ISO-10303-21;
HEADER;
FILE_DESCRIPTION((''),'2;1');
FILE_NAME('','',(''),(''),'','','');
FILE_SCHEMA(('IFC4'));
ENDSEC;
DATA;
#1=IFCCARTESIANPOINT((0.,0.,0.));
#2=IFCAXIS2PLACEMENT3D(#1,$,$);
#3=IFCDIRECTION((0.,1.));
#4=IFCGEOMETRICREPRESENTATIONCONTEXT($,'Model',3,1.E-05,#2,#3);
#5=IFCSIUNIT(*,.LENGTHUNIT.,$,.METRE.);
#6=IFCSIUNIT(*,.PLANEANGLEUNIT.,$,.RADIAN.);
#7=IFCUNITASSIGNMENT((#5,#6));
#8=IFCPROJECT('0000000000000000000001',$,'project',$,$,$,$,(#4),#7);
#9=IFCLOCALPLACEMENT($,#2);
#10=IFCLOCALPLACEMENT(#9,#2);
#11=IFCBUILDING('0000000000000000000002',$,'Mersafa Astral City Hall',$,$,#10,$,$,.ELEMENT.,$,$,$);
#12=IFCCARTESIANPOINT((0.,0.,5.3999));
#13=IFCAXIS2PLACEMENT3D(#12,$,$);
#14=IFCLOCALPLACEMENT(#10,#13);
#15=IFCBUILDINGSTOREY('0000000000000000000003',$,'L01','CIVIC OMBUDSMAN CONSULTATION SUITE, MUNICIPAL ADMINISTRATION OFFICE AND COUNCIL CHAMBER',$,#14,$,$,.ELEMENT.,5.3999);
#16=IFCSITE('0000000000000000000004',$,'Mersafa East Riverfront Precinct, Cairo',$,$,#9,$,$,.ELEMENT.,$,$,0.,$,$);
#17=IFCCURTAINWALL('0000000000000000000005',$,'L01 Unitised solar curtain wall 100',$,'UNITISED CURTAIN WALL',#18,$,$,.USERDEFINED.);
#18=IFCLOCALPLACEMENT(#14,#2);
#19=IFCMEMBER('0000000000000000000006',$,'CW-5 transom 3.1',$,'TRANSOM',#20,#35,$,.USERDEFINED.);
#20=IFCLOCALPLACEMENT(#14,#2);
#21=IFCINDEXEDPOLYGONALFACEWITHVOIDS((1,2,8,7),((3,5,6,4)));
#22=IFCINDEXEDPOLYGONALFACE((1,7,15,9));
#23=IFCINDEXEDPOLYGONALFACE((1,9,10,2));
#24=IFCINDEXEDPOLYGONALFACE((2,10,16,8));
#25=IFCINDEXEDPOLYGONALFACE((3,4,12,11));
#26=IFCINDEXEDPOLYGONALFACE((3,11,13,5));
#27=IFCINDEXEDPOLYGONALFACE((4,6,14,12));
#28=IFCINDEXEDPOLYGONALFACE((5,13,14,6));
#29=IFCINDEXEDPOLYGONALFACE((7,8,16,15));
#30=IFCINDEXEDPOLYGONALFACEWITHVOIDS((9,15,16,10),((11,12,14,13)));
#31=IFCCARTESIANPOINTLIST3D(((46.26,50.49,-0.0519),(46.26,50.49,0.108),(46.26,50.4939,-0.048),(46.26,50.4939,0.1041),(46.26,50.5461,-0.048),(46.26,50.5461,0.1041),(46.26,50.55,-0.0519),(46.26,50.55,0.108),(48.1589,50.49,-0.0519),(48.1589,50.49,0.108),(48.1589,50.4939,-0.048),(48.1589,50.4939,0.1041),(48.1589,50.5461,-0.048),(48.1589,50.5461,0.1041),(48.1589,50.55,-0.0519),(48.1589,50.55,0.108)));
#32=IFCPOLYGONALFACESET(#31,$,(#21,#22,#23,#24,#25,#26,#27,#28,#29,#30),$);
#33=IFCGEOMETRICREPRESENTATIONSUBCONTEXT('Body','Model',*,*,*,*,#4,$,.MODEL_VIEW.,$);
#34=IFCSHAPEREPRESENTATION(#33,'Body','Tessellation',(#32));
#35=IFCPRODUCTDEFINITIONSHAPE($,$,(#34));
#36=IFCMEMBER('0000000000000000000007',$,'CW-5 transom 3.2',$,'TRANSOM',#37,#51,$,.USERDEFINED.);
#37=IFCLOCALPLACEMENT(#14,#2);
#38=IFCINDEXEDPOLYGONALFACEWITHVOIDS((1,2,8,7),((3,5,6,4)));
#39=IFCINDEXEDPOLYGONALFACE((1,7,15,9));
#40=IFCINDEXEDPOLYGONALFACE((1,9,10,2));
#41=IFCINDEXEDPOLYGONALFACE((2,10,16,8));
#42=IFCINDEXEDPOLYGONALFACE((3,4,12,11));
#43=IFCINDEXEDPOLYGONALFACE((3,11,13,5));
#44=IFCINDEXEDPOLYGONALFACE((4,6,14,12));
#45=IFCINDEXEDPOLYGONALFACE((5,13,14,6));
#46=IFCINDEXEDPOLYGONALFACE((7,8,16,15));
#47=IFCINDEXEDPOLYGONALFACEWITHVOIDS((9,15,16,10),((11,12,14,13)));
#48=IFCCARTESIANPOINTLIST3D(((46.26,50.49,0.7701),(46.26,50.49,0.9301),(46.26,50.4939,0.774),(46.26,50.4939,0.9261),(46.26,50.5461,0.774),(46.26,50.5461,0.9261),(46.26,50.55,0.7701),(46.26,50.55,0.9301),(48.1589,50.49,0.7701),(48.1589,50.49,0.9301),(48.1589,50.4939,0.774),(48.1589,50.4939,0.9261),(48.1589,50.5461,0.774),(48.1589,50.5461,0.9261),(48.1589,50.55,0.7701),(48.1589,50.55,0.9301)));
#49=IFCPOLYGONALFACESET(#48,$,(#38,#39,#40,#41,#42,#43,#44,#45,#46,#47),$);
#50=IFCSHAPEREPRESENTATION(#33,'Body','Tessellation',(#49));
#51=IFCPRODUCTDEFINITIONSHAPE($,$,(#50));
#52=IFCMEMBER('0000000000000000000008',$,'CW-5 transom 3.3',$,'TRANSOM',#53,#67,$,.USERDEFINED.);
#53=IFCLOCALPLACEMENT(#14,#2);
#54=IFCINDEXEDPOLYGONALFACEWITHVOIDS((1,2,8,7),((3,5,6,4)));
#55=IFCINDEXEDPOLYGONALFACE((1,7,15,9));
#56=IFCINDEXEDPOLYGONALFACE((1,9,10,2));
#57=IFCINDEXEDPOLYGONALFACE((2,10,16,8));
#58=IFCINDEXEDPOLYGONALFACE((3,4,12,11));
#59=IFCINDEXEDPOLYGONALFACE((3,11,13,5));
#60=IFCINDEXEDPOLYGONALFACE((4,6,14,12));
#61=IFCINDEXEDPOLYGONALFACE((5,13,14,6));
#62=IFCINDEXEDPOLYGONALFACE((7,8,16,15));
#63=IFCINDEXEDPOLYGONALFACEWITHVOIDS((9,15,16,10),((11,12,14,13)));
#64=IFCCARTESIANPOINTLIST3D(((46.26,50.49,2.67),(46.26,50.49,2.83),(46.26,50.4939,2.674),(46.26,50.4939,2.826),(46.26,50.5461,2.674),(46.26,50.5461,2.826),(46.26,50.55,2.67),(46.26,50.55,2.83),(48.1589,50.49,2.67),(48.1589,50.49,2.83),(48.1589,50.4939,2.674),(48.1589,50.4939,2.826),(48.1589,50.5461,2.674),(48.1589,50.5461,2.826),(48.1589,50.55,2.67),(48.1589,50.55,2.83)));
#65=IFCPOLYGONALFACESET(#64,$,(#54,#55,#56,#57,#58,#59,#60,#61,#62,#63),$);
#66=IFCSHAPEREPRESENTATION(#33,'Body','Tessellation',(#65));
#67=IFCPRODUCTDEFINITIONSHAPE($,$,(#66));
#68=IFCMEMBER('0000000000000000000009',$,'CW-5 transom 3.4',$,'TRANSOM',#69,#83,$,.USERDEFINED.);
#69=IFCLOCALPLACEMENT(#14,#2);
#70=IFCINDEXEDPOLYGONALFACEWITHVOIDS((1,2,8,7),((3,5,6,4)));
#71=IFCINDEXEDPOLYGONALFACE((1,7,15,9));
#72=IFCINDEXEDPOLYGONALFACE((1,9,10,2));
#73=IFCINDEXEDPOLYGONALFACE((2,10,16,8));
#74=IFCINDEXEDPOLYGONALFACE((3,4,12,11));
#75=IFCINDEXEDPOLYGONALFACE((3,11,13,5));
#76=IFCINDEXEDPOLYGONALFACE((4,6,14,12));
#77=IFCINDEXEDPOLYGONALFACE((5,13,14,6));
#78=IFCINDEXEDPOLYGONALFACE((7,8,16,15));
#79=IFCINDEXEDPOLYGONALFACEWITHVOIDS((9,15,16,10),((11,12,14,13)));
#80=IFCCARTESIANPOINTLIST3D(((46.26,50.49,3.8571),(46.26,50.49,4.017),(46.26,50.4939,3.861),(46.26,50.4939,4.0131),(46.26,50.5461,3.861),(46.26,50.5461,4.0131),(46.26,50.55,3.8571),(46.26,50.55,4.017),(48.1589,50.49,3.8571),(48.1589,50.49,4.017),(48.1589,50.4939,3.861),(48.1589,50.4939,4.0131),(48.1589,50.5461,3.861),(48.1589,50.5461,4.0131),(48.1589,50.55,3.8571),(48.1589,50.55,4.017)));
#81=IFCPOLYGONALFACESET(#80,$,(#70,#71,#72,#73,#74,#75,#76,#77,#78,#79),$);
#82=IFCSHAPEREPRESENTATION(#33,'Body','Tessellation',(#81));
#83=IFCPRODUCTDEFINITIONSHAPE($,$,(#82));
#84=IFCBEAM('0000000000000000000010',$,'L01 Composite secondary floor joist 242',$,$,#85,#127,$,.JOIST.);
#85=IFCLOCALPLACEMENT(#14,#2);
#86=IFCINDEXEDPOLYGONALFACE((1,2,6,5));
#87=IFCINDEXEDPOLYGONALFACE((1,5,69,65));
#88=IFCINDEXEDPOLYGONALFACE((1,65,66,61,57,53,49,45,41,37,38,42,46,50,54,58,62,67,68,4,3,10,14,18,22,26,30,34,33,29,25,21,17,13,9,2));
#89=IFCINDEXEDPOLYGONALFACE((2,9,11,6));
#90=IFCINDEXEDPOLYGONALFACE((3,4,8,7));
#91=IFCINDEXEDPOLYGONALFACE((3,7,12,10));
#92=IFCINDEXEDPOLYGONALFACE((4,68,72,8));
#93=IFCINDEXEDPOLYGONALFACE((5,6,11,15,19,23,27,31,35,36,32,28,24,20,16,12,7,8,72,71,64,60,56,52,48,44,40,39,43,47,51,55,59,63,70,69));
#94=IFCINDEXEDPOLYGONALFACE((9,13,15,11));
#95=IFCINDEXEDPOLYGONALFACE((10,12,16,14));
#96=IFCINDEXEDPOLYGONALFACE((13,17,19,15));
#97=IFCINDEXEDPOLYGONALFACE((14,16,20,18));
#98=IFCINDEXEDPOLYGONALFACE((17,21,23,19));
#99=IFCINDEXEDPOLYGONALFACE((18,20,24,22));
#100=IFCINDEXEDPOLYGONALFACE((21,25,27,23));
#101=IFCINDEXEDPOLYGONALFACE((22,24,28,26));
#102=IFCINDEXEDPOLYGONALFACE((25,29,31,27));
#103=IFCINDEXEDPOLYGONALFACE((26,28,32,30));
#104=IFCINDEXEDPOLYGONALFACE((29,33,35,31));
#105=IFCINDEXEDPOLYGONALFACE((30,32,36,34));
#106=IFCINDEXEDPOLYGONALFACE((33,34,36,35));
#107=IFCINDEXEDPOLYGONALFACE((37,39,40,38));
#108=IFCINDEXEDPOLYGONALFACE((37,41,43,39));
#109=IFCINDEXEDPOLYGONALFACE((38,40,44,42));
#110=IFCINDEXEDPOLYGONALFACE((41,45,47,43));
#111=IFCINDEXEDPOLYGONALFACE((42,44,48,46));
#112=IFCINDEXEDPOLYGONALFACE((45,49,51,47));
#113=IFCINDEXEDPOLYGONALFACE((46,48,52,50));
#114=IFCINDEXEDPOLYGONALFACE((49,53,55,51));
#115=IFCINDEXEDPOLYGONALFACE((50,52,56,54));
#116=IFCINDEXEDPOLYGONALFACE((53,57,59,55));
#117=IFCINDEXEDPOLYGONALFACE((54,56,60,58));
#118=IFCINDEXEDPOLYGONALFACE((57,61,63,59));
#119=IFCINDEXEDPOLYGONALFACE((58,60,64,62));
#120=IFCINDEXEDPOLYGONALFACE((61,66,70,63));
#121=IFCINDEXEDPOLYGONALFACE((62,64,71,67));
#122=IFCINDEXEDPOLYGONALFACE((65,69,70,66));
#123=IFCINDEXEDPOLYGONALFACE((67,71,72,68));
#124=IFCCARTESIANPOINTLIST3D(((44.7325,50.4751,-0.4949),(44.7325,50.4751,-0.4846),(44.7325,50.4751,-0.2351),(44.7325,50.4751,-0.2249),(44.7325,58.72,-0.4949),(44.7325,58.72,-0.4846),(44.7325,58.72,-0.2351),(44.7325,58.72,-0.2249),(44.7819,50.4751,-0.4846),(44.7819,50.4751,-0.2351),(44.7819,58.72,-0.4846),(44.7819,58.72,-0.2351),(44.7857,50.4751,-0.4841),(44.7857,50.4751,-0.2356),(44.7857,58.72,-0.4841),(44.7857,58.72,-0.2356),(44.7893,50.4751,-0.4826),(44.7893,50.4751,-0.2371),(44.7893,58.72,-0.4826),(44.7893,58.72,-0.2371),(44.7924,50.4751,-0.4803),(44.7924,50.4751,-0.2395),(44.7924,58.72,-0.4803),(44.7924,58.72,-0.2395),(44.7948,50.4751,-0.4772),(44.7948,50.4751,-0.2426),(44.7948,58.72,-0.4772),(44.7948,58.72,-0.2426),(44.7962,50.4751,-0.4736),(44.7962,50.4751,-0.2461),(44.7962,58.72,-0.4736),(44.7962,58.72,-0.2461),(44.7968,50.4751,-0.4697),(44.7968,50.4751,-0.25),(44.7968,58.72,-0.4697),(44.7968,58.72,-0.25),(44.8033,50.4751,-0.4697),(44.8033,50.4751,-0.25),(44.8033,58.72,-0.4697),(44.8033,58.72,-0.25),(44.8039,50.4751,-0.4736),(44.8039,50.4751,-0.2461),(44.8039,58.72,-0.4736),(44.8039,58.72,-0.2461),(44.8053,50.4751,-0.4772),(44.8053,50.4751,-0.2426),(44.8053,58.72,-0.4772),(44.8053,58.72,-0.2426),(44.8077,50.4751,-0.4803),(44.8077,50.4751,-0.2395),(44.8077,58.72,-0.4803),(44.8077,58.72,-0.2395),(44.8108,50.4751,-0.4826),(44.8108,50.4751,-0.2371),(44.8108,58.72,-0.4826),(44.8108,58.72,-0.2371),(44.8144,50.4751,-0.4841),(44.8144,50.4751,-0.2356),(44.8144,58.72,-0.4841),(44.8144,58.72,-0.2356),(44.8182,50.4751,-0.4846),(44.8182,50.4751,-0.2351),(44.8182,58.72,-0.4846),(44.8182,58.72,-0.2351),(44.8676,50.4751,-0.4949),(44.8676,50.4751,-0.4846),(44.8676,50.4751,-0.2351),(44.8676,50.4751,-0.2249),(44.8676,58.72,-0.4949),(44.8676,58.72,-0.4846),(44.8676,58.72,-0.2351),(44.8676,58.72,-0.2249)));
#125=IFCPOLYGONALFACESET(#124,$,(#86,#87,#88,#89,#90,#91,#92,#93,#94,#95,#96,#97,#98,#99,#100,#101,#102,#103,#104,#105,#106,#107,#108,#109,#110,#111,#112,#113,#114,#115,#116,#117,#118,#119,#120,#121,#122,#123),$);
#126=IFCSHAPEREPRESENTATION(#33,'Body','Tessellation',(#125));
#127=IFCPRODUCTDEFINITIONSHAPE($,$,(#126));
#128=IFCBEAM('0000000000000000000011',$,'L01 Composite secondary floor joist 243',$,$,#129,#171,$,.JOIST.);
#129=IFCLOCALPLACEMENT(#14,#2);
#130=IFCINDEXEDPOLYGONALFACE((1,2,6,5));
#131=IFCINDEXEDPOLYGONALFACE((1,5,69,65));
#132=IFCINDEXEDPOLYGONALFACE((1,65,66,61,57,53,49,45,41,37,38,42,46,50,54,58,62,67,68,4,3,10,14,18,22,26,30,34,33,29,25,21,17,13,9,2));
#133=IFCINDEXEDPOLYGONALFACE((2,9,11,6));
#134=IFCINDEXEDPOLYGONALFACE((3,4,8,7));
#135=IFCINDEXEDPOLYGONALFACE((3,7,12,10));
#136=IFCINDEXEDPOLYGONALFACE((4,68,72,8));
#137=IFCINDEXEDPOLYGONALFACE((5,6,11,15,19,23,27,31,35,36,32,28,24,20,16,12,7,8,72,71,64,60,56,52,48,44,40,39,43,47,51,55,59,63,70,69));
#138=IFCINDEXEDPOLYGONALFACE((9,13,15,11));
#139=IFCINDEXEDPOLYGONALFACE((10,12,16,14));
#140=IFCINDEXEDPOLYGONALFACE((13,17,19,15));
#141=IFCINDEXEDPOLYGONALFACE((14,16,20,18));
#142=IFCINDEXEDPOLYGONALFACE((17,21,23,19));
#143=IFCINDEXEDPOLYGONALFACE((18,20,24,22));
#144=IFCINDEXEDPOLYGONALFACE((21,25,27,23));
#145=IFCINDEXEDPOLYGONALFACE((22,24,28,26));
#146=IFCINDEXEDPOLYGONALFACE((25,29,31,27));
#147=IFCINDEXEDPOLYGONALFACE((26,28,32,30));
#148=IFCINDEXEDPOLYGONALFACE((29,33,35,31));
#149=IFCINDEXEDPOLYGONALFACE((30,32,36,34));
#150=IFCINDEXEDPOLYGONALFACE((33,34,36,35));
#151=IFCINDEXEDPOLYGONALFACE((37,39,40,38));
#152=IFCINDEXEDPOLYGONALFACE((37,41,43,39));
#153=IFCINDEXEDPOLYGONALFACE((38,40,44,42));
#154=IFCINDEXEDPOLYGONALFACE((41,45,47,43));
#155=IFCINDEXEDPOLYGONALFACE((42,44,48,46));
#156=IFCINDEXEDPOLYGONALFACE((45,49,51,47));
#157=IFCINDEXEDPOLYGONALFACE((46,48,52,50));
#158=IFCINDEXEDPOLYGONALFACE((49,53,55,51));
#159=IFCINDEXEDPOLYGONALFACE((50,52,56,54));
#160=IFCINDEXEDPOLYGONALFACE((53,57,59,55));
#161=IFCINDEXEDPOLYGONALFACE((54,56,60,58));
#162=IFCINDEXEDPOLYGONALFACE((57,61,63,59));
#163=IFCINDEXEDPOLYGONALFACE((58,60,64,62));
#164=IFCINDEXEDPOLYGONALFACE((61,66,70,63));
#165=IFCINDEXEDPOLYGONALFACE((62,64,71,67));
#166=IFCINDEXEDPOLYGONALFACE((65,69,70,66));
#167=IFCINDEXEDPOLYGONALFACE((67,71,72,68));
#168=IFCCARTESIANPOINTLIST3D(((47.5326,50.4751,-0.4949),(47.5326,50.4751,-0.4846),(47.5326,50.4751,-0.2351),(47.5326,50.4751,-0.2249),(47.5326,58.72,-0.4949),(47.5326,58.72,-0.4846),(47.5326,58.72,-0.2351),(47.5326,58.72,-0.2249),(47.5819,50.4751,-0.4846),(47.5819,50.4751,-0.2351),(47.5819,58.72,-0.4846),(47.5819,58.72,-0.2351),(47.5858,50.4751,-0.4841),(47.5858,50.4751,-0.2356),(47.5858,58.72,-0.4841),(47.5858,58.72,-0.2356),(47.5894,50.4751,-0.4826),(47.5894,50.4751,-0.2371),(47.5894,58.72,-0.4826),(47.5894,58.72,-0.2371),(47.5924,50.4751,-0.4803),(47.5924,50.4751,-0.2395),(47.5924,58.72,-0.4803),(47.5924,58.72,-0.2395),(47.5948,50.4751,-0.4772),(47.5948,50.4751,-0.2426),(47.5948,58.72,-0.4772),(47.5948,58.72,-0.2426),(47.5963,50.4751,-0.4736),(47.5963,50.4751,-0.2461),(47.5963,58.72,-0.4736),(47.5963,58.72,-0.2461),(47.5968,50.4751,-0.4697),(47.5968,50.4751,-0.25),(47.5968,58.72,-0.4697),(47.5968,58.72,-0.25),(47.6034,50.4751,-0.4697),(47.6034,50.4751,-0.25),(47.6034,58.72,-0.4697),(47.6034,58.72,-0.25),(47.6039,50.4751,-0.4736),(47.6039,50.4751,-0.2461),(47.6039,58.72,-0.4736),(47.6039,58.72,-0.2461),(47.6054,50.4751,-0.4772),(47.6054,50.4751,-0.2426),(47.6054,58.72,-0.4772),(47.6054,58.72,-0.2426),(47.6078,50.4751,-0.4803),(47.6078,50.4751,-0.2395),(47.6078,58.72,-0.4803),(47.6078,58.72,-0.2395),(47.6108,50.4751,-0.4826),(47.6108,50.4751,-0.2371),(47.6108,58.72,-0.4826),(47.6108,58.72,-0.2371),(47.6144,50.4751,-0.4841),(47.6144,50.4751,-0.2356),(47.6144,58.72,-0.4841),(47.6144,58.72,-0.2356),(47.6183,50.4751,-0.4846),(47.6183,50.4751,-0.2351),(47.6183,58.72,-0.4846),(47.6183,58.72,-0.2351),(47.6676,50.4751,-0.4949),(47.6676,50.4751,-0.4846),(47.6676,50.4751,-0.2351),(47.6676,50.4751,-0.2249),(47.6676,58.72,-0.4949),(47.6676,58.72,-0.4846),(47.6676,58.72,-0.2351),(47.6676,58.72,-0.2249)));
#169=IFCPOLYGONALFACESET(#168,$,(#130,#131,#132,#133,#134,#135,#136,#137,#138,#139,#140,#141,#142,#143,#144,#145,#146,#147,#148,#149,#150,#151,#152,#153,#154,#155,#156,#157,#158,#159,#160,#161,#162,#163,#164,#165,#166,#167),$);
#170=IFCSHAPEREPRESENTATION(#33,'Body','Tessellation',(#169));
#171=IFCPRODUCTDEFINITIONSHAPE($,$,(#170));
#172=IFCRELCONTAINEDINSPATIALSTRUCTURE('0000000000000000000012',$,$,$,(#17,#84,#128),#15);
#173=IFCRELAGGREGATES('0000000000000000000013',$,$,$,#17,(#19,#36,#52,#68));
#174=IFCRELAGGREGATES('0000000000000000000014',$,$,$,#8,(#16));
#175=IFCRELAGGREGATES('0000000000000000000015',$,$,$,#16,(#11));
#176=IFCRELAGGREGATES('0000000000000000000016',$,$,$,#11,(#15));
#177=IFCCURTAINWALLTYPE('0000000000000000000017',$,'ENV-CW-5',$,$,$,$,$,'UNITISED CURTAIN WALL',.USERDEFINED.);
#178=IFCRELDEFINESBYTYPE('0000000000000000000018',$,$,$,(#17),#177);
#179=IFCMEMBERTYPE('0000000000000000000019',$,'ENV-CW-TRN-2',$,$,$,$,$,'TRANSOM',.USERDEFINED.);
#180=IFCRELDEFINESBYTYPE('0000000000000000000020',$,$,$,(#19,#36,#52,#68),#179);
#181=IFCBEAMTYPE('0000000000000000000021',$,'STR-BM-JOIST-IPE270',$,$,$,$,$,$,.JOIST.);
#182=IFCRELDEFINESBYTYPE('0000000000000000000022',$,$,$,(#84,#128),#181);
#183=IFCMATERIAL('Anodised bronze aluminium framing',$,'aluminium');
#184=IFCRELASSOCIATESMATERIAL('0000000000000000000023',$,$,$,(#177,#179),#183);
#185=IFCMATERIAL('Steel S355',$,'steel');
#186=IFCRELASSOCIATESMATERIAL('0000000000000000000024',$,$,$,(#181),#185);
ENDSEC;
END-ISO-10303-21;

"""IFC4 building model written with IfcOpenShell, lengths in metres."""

from ifc_helpers import new_model, si_unit, direction, frame, origin, origin_2d, place, context, subcontext, project, spatial, hollow_rectangle, i_section, extrude, material, material_profile, profile_set, type_object, element, aggregate, save


model = new_model("IFC4")

# Units and contexts
model_context = context("Model", 3, precision=1e-05, world=origin(), true_north=direction((0.0, 1.0)))
body_context = subcontext(model_context, "Body", "Model", "MODEL_VIEW")
ifc_project = project(units=[si_unit("LENGTHUNIT", "METRE"), si_unit("PLANEANGLEUNIT", "RADIAN")], contexts=[model_context])

# Site, building, storey
site_placement = place(None, origin())
site = spatial("IfcSite", under=ifc_project, at=site_placement, Name="Mersafa East Riverfront Precinct, Cairo", CompositionType="ELEMENT", RefElevation=0.0)
building_placement = place(site_placement, origin())
building = spatial("IfcBuilding", under=site, at=building_placement, Name="Mersafa Astral City Hall", CompositionType="ELEMENT")
storey_placement = place(building_placement, frame((0.0, 0.0, 5.3999)))
storey = spatial("IfcBuildingStorey", under=building, at=storey_placement, Name="L01", Description="CIVIC OMBUDSMAN CONSULTATION SUITE, MUNICIPAL ADMINISTRATION OFFICE AND COUNCIL CHAMBER", CompositionType="ELEMENT", Elevation=5.3999)

# Curtain wall, members
ifc_material_1 = material(Name="Anodised bronze aluminium framing", Category="aluminium")
curtain_wall_type = type_object("IfcCurtainWallType", Name="ENV-CW-5", ElementType="UNITISED CURTAIN WALL", PredefinedType="USERDEFINED", material=ifc_material_1)
curtain_wall_placement = place(storey_placement, origin())
curtain_wall = element("IfcCurtainWall", 1, at=curtain_wall_placement, inside=storey, type_object=curtain_wall_type, Name="L01 Unitised solar curtain wall 100", ObjectType="UNITISED CURTAIN WALL", PredefinedType="USERDEFINED")
ifc_material_profile_1 = material_profile(ifc_material_1, hollow_rectangle(XDim=0.0601, YDim=0.1599, WallThickness=0.0039, at=origin_2d()), Name="RHS 60x160x4")
ifc_profile_set_1 = profile_set([ifc_material_profile_1], Name="Anodised bronze aluminium framing")
member_type_1 = type_object("IfcMemberType", Name="ENV-CW-TRN-2", ElementType="TRANSOM", PredefinedType="USERDEFINED", material=ifc_profile_set_1)
member_1_placement = place(storey_placement, frame((46.26, 50.52, 0.0281), z_axis=(1.0, 0.0, 0.0), x_axis=(0.0, 1.0, 0.0)))
member_1 = element("IfcMember", 2, at=member_1_placement, type_object=member_type_1, Name="CW-5 transom 3.1", ObjectType="TRANSOM", PredefinedType="USERDEFINED", context=body_context, shape_type="SweptSolid", body=[
    extrude(hollow_rectangle(XDim=0.0601, YDim=0.1599, WallThickness=0.0039, at=origin_2d()), origin(), (0.0, 0.0, 1.0), 1.8989),
])
member_2_placement = place(storey_placement, frame((46.26, 50.52, 0.8501), z_axis=(1.0, 0.0, 0.0), x_axis=(0.0, 1.0, 0.0)))
member_2 = element("IfcMember", 3, at=member_2_placement, type_object=member_type_1, Name="CW-5 transom 3.2", ObjectType="TRANSOM", PredefinedType="USERDEFINED", context=body_context, shape_type="SweptSolid", body=[
    extrude(hollow_rectangle(XDim=0.0601, YDim=0.1599, WallThickness=0.0039, at=origin_2d()), origin(), (0.0, 0.0, 1.0), 1.8989),
])
member_3_placement = place(storey_placement, frame((46.26, 50.52, 2.75), z_axis=(1.0, 0.0, 0.0), x_axis=(0.0, 1.0, 0.0)))
member_3 = element("IfcMember", 4, at=member_3_placement, type_object=member_type_1, Name="CW-5 transom 3.3", ObjectType="TRANSOM", PredefinedType="USERDEFINED", context=body_context, shape_type="SweptSolid", body=[
    extrude(hollow_rectangle(XDim=0.0601, YDim=0.1599, WallThickness=0.0039, at=origin_2d()), origin(), (0.0, 0.0, 1.0), 1.8989),
])
member_4_placement = place(storey_placement, frame((46.26, 50.52, 3.937), z_axis=(1.0, 0.0, 0.0), x_axis=(0.0, 1.0, 0.0)))
member_4 = element("IfcMember", 5, at=member_4_placement, type_object=member_type_1, Name="CW-5 transom 3.4", ObjectType="TRANSOM", PredefinedType="USERDEFINED", context=body_context, shape_type="SweptSolid", body=[
    extrude(hollow_rectangle(XDim=0.0601, YDim=0.1599, WallThickness=0.0039, at=origin_2d()), origin(), (0.0, 0.0, 1.0), 1.8989),
])

# Beams
ifc_material_2 = material(Name="Steel S355", Category="steel")
ifc_material_profile_2 = material_profile(ifc_material_2, i_section(OverallWidth=0.135, OverallDepth=0.27, WebThickness=0.0066, FlangeThickness=0.0103, FilletRadius=0.0149, at=origin_2d()), Name="IPE 270")
ifc_profile_set_2 = profile_set([ifc_material_profile_2], Name="Steel S355")
beam_type_1 = type_object("IfcBeamType", Name="STR-BM-JOIST-IPE270", PredefinedType="JOIST", material=ifc_profile_set_2)
for number, where, z_axis, x_axis, name in (
    (6, (44.8, 50.4751, -0.3599), (0.0, 1.0, 0.0), (-1.0, 0.0, 0.0), "L01 Composite secondary floor joist 242"),
    (7, (47.6001, 50.4751, -0.3599), (0.0, 1.0, 0.0), (-1.0, 0.0, 0.0), "L01 Composite secondary floor joist 243"),
):
    element("IfcBeam", number, at=place(storey_placement, frame(where, z_axis=z_axis, x_axis=x_axis)), inside=storey, type_object=beam_type_1, Name=name, PredefinedType="JOIST", context=body_context, shape_type="SweptSolid", body=[
        extrude(i_section(OverallWidth=0.135, OverallDepth=0.27, WebThickness=0.0066, FlangeThickness=0.0103, FilletRadius=0.0149, at=origin_2d()), origin(), (0.0, 0.0, 1.0), 8.2449),
    ])

aggregate(curtain_wall, [member_1, member_2, member_3, member_4])

save(model, "model.ifc")
